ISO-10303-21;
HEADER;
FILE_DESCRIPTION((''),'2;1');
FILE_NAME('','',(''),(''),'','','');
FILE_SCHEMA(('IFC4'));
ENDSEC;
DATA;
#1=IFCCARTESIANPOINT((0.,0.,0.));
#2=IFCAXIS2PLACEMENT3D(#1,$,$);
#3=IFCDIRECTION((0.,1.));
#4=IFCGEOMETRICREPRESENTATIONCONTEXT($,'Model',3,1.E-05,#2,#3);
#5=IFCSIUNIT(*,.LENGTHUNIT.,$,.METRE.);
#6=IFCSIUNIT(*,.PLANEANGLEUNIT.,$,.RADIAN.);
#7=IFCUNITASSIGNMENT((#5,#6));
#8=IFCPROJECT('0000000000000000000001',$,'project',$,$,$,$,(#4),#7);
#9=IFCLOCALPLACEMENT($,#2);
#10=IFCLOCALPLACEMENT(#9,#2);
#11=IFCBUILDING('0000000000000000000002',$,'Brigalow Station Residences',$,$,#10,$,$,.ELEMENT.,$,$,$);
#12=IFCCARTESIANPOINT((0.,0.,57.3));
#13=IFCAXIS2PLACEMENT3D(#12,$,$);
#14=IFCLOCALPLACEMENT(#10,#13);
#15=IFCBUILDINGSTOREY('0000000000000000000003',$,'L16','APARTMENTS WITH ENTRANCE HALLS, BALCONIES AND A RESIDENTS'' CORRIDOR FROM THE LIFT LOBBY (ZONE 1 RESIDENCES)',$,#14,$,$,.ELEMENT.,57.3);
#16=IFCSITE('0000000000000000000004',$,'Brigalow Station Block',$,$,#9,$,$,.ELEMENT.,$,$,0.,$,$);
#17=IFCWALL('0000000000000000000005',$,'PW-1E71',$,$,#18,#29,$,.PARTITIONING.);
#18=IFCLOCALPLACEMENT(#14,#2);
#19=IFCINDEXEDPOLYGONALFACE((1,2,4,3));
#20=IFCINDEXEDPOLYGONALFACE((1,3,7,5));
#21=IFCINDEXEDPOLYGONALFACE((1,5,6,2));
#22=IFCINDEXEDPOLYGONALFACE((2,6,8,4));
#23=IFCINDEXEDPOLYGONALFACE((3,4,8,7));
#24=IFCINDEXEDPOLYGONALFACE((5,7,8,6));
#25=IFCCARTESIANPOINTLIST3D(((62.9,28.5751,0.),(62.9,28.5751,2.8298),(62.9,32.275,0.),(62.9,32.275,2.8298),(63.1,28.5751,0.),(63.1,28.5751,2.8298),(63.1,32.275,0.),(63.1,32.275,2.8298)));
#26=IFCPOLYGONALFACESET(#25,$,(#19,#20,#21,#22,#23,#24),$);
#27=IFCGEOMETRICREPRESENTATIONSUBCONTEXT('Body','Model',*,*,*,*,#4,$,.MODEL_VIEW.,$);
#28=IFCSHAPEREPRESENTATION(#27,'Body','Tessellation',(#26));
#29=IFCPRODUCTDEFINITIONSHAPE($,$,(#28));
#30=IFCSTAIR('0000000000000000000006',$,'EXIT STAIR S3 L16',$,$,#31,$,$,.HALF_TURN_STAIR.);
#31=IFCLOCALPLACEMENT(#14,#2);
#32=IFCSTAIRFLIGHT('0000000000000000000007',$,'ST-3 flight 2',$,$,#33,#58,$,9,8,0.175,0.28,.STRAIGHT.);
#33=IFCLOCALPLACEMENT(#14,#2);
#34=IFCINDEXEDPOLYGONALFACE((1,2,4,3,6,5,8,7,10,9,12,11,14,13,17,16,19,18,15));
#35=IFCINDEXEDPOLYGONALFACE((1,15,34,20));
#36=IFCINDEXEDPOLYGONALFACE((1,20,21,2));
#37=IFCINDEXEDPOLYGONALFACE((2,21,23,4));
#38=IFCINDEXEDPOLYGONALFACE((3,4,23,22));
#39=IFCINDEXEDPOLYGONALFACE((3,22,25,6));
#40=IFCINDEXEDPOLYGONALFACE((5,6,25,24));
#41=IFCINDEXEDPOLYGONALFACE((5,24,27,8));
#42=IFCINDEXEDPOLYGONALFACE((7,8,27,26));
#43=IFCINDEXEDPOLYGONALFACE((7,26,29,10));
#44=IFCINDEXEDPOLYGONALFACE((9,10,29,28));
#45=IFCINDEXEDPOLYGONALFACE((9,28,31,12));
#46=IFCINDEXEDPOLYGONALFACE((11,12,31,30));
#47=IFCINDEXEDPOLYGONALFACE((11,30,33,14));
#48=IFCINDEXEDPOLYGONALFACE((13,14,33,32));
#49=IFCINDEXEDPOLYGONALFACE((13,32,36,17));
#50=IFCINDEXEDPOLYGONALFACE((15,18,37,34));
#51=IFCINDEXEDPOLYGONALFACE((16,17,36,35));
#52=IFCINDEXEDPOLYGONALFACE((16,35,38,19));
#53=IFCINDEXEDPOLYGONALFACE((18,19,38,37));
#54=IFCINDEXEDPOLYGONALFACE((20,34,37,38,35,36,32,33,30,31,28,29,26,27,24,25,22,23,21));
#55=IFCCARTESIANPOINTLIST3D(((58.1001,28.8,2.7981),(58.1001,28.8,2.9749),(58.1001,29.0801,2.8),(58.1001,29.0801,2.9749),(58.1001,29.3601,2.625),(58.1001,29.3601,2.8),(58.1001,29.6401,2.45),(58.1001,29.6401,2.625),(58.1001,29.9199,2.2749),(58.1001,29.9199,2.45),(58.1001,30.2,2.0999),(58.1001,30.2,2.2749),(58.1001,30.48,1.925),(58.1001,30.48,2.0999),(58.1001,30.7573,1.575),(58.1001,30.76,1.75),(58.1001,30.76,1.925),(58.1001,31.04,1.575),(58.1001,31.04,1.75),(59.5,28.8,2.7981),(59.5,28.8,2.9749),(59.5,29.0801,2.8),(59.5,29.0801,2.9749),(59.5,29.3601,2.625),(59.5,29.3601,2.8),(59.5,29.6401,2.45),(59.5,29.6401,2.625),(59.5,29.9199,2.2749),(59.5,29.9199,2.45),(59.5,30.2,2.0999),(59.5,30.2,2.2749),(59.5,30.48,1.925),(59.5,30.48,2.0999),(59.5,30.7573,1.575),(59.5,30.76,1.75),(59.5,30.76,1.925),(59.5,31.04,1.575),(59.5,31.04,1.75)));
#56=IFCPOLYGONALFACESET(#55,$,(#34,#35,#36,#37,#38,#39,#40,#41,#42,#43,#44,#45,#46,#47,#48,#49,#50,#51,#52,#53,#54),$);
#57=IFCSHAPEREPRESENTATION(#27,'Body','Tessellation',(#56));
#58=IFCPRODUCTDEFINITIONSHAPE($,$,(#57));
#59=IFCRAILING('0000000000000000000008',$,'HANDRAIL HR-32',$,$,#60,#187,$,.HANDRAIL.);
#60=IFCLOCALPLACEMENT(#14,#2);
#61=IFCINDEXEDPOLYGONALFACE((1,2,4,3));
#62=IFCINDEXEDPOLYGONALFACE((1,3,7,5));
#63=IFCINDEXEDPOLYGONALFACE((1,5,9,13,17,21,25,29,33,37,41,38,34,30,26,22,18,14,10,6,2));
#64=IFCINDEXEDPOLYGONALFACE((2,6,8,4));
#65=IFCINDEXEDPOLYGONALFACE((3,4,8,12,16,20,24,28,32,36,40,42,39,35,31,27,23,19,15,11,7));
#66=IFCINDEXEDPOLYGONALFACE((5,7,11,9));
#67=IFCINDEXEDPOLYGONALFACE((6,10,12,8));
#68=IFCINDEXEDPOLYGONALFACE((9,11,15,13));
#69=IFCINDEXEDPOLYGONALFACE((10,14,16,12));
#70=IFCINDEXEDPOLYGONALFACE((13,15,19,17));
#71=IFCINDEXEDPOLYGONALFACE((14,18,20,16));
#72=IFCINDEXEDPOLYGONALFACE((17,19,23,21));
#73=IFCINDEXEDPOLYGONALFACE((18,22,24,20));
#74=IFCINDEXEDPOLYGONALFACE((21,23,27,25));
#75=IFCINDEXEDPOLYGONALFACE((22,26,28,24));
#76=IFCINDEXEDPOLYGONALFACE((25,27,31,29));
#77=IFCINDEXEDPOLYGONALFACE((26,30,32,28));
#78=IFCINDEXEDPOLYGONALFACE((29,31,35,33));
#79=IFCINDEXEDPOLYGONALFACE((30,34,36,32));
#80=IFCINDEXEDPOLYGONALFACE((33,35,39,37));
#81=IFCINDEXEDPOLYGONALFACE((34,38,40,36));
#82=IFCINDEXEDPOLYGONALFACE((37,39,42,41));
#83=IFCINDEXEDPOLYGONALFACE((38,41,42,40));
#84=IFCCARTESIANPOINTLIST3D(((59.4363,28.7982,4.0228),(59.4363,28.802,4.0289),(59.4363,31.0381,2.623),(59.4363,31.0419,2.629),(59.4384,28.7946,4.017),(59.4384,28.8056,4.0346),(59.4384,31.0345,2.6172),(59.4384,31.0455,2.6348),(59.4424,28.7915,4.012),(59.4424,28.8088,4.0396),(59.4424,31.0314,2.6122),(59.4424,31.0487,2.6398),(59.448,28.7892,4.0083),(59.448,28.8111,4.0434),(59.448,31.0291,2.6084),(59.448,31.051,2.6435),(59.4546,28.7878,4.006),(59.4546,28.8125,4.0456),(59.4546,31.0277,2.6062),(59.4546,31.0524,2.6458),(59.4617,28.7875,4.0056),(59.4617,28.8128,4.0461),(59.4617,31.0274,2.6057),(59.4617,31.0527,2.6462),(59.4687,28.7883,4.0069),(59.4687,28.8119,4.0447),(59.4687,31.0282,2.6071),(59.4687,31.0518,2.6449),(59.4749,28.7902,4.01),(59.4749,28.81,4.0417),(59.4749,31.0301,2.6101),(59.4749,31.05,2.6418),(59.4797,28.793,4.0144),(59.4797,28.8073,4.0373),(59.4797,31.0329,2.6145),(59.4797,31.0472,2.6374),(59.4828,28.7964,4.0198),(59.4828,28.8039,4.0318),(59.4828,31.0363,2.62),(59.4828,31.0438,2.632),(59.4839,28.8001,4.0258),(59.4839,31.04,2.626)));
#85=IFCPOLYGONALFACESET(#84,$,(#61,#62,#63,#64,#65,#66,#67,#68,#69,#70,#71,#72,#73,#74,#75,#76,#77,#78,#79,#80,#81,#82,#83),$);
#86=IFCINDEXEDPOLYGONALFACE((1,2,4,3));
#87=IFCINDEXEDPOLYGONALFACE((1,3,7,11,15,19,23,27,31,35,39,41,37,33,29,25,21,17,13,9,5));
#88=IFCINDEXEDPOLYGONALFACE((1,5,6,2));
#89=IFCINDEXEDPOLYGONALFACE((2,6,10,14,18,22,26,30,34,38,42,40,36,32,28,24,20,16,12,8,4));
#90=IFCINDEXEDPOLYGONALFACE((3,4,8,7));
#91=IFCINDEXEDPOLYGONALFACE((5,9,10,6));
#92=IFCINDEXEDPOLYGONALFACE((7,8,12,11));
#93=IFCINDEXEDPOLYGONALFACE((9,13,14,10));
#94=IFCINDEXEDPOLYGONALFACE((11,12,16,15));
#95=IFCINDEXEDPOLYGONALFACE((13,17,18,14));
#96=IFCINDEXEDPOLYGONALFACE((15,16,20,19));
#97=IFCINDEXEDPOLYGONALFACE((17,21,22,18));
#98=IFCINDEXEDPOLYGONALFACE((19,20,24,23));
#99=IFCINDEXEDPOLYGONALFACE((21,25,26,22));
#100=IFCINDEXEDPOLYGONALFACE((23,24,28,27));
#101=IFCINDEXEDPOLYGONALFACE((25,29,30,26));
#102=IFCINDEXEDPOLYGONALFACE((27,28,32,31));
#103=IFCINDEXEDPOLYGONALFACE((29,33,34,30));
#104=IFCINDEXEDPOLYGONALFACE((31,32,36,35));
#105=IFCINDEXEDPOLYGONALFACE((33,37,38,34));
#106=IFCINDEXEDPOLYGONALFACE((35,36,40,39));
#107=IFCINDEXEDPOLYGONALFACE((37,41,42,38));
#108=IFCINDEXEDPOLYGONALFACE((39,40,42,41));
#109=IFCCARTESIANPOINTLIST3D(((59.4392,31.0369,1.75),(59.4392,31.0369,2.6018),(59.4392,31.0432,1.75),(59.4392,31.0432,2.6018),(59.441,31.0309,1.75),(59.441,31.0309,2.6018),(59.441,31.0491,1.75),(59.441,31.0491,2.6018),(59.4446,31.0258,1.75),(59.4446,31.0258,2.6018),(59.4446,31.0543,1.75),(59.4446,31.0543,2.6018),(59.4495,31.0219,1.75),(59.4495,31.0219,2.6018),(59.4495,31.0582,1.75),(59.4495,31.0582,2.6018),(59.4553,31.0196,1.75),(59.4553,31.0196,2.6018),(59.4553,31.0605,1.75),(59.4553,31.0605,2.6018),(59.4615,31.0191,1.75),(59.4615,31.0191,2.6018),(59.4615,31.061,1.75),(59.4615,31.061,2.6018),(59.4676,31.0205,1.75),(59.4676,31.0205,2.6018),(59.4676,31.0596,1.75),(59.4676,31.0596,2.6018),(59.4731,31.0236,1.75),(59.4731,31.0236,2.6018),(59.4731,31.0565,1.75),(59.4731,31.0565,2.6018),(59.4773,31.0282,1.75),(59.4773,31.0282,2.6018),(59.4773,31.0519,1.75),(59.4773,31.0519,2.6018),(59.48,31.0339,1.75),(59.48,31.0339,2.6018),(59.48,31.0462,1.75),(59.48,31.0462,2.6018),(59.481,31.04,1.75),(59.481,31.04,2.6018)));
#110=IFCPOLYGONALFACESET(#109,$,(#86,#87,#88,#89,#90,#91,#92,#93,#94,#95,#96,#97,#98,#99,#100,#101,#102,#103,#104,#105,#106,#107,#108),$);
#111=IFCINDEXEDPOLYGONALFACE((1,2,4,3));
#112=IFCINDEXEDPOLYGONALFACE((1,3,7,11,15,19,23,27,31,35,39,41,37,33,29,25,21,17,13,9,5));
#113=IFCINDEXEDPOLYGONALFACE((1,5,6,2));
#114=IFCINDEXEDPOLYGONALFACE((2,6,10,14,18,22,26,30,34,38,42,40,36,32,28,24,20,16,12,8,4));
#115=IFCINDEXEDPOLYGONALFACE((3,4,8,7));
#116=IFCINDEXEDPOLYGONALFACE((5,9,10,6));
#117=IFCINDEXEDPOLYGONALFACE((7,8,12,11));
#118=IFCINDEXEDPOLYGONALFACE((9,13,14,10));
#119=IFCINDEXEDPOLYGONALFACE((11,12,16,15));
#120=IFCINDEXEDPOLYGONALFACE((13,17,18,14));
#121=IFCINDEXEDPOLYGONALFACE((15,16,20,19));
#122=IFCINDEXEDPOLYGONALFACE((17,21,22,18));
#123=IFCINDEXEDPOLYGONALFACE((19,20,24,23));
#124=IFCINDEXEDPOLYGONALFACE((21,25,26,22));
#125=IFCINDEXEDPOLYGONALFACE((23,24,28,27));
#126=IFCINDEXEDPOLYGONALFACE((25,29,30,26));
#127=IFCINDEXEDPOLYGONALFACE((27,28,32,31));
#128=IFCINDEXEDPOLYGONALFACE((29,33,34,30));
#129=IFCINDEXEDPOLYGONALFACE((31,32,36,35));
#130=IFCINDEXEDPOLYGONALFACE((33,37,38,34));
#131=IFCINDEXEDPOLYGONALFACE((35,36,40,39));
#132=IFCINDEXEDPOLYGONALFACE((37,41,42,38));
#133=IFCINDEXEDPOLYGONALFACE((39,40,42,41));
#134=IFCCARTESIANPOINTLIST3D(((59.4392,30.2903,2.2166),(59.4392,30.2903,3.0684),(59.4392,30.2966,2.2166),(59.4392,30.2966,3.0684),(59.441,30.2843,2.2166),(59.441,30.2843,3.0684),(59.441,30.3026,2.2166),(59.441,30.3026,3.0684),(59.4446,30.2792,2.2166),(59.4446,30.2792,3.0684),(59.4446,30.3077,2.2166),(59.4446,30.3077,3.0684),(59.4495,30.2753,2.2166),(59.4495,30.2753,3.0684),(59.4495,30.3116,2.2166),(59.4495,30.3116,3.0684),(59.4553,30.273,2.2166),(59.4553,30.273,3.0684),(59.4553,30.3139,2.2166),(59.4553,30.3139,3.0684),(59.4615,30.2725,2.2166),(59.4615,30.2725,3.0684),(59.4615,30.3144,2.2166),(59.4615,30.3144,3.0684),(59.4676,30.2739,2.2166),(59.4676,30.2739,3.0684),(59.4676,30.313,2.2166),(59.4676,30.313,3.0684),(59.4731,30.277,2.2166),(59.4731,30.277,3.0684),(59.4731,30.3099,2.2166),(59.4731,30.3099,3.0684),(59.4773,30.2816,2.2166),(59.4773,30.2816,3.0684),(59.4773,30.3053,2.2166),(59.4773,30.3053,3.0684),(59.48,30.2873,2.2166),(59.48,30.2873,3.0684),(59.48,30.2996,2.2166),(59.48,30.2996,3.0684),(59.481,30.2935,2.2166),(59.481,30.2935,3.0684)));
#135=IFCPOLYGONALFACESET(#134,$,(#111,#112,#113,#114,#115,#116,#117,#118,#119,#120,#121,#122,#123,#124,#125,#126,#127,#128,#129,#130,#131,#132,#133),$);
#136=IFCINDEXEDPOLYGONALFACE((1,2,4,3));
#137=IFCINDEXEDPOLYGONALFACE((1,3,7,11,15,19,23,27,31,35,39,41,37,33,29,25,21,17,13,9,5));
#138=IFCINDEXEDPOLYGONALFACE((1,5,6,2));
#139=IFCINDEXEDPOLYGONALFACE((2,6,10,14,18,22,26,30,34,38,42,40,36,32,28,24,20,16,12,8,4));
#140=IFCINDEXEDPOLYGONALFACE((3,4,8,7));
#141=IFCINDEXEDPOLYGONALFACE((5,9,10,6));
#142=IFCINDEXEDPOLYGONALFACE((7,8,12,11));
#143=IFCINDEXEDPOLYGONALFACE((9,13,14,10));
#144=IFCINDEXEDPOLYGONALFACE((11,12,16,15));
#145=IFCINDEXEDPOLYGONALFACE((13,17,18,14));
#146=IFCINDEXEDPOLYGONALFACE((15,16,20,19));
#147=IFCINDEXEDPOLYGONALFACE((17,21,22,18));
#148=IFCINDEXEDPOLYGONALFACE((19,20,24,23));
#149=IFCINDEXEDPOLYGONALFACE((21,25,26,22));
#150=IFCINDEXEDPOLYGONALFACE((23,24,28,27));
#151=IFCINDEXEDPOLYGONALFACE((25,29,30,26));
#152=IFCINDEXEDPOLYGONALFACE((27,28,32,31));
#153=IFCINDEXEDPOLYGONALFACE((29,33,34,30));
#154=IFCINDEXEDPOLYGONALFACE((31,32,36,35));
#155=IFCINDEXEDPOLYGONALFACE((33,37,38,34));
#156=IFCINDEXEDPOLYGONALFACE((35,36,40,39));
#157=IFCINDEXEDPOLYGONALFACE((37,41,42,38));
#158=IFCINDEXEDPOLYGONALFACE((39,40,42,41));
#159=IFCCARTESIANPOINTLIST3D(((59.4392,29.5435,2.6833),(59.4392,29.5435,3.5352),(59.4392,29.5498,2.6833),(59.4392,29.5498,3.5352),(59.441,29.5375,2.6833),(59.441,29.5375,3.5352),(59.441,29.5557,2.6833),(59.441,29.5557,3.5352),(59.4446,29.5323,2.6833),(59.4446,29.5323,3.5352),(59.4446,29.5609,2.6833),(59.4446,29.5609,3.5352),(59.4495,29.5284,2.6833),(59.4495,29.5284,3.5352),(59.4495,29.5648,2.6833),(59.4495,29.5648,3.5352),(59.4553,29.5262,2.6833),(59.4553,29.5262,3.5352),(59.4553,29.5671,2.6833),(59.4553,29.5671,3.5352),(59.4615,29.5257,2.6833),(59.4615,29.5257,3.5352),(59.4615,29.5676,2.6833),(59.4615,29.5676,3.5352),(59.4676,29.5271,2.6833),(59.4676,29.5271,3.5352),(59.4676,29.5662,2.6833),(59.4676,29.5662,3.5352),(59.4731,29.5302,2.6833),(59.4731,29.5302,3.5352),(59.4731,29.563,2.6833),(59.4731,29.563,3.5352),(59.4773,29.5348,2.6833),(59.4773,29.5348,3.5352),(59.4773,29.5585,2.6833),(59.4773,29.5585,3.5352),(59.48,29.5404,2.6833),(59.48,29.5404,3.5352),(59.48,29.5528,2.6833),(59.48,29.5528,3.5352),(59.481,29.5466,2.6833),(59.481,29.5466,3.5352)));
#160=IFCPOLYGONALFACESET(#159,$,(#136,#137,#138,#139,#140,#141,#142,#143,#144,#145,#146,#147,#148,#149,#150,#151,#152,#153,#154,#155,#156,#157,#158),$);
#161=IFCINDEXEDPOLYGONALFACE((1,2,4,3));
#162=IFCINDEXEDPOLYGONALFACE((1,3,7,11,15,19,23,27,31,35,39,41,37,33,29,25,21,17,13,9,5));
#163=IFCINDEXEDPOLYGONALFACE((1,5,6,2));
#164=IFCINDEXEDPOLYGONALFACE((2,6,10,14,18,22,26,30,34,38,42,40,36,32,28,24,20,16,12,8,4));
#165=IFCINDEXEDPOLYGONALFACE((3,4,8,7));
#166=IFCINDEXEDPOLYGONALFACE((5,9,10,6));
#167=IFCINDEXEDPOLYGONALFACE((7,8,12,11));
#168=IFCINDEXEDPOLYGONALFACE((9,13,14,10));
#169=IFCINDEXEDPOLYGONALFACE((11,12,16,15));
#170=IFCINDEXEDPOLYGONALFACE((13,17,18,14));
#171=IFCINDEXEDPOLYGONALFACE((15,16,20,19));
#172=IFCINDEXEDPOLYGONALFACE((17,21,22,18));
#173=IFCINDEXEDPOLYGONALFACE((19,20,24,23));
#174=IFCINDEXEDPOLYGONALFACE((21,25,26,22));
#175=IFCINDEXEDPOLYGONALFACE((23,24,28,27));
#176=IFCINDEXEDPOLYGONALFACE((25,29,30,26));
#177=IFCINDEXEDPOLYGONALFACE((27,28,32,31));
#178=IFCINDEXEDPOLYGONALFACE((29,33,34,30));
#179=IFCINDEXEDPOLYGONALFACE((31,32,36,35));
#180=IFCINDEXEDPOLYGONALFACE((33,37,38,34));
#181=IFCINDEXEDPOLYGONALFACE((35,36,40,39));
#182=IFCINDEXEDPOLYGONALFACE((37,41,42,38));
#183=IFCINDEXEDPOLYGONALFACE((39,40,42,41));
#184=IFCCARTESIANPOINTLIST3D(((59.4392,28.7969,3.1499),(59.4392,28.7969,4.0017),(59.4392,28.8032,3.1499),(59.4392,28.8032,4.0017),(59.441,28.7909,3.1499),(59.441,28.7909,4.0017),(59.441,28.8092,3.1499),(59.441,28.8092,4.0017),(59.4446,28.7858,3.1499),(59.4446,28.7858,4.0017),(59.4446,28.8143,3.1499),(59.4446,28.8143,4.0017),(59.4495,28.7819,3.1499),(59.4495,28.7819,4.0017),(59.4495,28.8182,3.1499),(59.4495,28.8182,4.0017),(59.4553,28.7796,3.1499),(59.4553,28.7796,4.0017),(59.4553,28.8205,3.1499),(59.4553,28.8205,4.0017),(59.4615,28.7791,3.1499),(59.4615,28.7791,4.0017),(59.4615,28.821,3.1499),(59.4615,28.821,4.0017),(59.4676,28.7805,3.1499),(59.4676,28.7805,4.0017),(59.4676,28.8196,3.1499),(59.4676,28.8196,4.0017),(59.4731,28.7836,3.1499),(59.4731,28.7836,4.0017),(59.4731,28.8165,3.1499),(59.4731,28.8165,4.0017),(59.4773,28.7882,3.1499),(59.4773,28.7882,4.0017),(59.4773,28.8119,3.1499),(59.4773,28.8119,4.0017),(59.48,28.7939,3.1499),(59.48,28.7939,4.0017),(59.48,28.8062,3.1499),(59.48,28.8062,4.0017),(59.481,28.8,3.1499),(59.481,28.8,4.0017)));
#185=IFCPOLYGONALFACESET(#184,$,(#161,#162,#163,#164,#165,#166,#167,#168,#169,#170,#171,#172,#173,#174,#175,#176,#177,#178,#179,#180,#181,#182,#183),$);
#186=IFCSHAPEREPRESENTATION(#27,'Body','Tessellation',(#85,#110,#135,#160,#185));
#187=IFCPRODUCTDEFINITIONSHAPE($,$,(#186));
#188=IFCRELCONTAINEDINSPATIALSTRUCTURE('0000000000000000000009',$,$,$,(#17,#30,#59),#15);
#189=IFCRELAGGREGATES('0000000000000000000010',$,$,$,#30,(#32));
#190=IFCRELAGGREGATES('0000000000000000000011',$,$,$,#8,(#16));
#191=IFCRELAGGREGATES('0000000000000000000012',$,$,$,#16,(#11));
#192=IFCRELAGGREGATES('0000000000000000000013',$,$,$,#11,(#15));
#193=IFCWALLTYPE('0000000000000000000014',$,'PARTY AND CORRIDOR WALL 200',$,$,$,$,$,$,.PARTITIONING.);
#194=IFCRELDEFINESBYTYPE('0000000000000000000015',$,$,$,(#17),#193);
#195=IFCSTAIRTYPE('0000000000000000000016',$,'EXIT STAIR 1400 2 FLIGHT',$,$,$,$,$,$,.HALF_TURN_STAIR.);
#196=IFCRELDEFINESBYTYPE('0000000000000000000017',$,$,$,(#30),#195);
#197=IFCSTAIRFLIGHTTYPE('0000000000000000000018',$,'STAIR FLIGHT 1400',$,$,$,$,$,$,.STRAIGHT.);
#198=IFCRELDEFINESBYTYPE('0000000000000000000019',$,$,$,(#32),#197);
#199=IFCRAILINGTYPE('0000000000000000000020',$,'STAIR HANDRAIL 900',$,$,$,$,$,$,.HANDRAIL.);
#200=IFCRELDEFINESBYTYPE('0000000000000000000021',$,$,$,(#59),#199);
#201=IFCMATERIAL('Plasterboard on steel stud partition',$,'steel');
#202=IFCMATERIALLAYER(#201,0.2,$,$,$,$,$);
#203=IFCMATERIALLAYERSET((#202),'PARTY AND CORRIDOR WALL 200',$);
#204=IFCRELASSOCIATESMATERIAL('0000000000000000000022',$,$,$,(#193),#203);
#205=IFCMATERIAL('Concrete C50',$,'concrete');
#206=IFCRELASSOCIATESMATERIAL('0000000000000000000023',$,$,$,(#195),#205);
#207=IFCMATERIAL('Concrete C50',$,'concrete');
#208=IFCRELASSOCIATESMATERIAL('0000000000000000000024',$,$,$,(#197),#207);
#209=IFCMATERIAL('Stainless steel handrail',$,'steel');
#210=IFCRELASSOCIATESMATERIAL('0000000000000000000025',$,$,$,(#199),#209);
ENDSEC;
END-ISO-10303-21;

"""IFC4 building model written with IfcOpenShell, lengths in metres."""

from ifc_helpers import new_model, si_unit, direction, frame, frame_2d, origin, origin_2d, place, context, subcontext, project, spatial, polyline, rectangle, circle, outline, extrude, material, layer, layer_set, type_object, element, aggregate, save


model = new_model("IFC4")

# Units and contexts
model_context = context("Model", 3, precision=1e-05, world=origin(), true_north=direction((0.0, 1.0)))
body_context = subcontext(model_context, "Body", "Model", "MODEL_VIEW")
ifc_project = project(units=[si_unit("LENGTHUNIT", "METRE"), si_unit("PLANEANGLEUNIT", "RADIAN")], contexts=[model_context])

# Site, building, storey
site_placement = place(None, origin())
site = spatial("IfcSite", under=ifc_project, at=site_placement, Name="Brigalow Station Block", CompositionType="ELEMENT", RefElevation=0.0)
building_placement = place(site_placement, origin())
building = spatial("IfcBuilding", under=site, at=building_placement, Name="Brigalow Station Residences", CompositionType="ELEMENT")
storey_placement = place(building_placement, frame((0.0, 0.0, 57.3)))
storey = spatial("IfcBuildingStorey", under=building, at=storey_placement, Name="L16", Description="APARTMENTS WITH ENTRANCE HALLS, BALCONIES AND A RESIDENTS' CORRIDOR FROM THE LIFT LOBBY (ZONE 1 RESIDENCES)", CompositionType="ELEMENT", Elevation=57.3)

# Wall
ifc_material_1 = material(Name="Plasterboard on steel stud partition", Category="steel")
ifc_layer_1 = layer(ifc_material_1, 0.2)
ifc_layer_set_1 = layer_set([ifc_layer_1], Name="PARTY AND CORRIDOR WALL 200")
wall_type_1 = type_object("IfcWallType", Name="PARTY AND CORRIDOR WALL 200", PredefinedType="PARTITIONING", material=ifc_layer_set_1)
wall_1_placement = place(storey_placement, frame((63.0, 28.575, 0.0), z_axis=(0.0, 0.0, 1.0), x_axis=(0.0, 1.0, 0.0)))
element("IfcWall", 1, at=wall_1_placement, inside=storey, type_object=wall_type_1, Name="PW-1E71", PredefinedType="PARTITIONING", context=body_context, shape_type="SweptSolid", body=[
    extrude(rectangle(XDim=3.7, YDim=0.2, at=frame_2d((1.8501, 0.0))), origin(), (0.0, 0.0, 1.0), 2.8298),
])

# Stair, stair flight
ifc_material_2 = material(Name="Concrete C50", Category="concrete")
stair_type = type_object("IfcStairType", Name="EXIT STAIR 1400 2 FLIGHT", PredefinedType="HALF_TURN_STAIR", material=ifc_material_2)
stair_placement = place(storey_placement, origin())
stair = element("IfcStair", 2, at=stair_placement, inside=storey, type_object=stair_type, Name="EXIT STAIR S3 L16", PredefinedType="HALF_TURN_STAIR")
ifc_material_3 = material(Name="Concrete C50", Category="concrete")
stair_flight_type = type_object("IfcStairFlightType", Name="STAIR FLIGHT 1400", PredefinedType="STRAIGHT", material=ifc_material_3)
stair_flight_placement = place(storey_placement, frame((58.8, 31.04, 1.575), z_axis=(0.0, 0.0, 1.0), x_axis=(0.0, -1.0, 0.0)))
stair_flight = element("IfcStairFlight", 3, at=stair_flight_placement, type_object=stair_flight_type, Name="ST-3 flight 2", NumberOfRisers=9, NumberOfTreads=8, PredefinedType="STRAIGHT", RiserHeight=0.175, TreadLength=0.28, context=body_context, shape_type="SweptSolid", body=[
    extrude(outline(polyline([(0.0, 0.0), (0.0, 0.175), (0.28, 0.175), (0.28, 0.3501), (0.5601, 0.3501), (0.5601, 0.5249), (0.8401, 0.5249), (0.8401, 0.7), (1.1201, 0.7), (1.1201, 0.875), (1.3999, 0.875), (1.3999, 1.05), (1.6799, 1.05), (1.6799, 1.2251), (1.96, 1.2251), (1.96, 1.3999), (2.24, 1.3999), (2.24, 1.575), (2.24, 1.2231), (0.2827, 0.0), (0.0, 0.0)])), frame((0.0, 0.7, 0.0), z_axis=(0.0, -1.0, 0.0), x_axis=(1.0, 0.0, 0.0)), (0.0, 0.0, 1.0), 1.3999),
])
aggregate(stair, [stair_flight])

# Railing
ifc_material_4 = material(Name="Stainless steel handrail", Category="steel")
railing_type_1 = type_object("IfcRailingType", Name="STAIR HANDRAIL 900", PredefinedType="HANDRAIL", material=ifc_material_4)
railing_1_placement = place(storey_placement, frame((59.46, 31.04, 1.75)))
element("IfcRailing", 4, at=railing_1_placement, inside=storey, type_object=railing_type_1, Name="HANDRAIL HR-32", PredefinedType="HANDRAIL", context=body_context, shape_type="SweptSolid", body=[
    extrude(circle(Radius=0.0239, at=origin_2d()), frame((0.0, 0.0, 0.876), z_axis=(0.0, -0.848014, 0.529974), x_axis=(1.0, 0.0, 0.0)), (0.0, 0.0, 1.0), 2.6414),
    extrude(circle(Radius=0.021, at=origin_2d()), origin(), (0.0, 0.0, 1.0), 0.8518),
    extrude(circle(Radius=0.021, at=origin_2d()), frame((0.0, -0.7466, 0.4666)), (0.0, 0.0, 1.0), 0.8518),
    extrude(circle(Radius=0.021, at=origin_2d()), frame((0.0, -1.4934, 0.9333)), (0.0, 0.0, 1.0), 0.8518),
    extrude(circle(Radius=0.021, at=origin_2d()), frame((0.0, -2.24, 1.3999)), (0.0, 0.0, 1.0), 0.8518),
])

save(model, "model.ifc")
